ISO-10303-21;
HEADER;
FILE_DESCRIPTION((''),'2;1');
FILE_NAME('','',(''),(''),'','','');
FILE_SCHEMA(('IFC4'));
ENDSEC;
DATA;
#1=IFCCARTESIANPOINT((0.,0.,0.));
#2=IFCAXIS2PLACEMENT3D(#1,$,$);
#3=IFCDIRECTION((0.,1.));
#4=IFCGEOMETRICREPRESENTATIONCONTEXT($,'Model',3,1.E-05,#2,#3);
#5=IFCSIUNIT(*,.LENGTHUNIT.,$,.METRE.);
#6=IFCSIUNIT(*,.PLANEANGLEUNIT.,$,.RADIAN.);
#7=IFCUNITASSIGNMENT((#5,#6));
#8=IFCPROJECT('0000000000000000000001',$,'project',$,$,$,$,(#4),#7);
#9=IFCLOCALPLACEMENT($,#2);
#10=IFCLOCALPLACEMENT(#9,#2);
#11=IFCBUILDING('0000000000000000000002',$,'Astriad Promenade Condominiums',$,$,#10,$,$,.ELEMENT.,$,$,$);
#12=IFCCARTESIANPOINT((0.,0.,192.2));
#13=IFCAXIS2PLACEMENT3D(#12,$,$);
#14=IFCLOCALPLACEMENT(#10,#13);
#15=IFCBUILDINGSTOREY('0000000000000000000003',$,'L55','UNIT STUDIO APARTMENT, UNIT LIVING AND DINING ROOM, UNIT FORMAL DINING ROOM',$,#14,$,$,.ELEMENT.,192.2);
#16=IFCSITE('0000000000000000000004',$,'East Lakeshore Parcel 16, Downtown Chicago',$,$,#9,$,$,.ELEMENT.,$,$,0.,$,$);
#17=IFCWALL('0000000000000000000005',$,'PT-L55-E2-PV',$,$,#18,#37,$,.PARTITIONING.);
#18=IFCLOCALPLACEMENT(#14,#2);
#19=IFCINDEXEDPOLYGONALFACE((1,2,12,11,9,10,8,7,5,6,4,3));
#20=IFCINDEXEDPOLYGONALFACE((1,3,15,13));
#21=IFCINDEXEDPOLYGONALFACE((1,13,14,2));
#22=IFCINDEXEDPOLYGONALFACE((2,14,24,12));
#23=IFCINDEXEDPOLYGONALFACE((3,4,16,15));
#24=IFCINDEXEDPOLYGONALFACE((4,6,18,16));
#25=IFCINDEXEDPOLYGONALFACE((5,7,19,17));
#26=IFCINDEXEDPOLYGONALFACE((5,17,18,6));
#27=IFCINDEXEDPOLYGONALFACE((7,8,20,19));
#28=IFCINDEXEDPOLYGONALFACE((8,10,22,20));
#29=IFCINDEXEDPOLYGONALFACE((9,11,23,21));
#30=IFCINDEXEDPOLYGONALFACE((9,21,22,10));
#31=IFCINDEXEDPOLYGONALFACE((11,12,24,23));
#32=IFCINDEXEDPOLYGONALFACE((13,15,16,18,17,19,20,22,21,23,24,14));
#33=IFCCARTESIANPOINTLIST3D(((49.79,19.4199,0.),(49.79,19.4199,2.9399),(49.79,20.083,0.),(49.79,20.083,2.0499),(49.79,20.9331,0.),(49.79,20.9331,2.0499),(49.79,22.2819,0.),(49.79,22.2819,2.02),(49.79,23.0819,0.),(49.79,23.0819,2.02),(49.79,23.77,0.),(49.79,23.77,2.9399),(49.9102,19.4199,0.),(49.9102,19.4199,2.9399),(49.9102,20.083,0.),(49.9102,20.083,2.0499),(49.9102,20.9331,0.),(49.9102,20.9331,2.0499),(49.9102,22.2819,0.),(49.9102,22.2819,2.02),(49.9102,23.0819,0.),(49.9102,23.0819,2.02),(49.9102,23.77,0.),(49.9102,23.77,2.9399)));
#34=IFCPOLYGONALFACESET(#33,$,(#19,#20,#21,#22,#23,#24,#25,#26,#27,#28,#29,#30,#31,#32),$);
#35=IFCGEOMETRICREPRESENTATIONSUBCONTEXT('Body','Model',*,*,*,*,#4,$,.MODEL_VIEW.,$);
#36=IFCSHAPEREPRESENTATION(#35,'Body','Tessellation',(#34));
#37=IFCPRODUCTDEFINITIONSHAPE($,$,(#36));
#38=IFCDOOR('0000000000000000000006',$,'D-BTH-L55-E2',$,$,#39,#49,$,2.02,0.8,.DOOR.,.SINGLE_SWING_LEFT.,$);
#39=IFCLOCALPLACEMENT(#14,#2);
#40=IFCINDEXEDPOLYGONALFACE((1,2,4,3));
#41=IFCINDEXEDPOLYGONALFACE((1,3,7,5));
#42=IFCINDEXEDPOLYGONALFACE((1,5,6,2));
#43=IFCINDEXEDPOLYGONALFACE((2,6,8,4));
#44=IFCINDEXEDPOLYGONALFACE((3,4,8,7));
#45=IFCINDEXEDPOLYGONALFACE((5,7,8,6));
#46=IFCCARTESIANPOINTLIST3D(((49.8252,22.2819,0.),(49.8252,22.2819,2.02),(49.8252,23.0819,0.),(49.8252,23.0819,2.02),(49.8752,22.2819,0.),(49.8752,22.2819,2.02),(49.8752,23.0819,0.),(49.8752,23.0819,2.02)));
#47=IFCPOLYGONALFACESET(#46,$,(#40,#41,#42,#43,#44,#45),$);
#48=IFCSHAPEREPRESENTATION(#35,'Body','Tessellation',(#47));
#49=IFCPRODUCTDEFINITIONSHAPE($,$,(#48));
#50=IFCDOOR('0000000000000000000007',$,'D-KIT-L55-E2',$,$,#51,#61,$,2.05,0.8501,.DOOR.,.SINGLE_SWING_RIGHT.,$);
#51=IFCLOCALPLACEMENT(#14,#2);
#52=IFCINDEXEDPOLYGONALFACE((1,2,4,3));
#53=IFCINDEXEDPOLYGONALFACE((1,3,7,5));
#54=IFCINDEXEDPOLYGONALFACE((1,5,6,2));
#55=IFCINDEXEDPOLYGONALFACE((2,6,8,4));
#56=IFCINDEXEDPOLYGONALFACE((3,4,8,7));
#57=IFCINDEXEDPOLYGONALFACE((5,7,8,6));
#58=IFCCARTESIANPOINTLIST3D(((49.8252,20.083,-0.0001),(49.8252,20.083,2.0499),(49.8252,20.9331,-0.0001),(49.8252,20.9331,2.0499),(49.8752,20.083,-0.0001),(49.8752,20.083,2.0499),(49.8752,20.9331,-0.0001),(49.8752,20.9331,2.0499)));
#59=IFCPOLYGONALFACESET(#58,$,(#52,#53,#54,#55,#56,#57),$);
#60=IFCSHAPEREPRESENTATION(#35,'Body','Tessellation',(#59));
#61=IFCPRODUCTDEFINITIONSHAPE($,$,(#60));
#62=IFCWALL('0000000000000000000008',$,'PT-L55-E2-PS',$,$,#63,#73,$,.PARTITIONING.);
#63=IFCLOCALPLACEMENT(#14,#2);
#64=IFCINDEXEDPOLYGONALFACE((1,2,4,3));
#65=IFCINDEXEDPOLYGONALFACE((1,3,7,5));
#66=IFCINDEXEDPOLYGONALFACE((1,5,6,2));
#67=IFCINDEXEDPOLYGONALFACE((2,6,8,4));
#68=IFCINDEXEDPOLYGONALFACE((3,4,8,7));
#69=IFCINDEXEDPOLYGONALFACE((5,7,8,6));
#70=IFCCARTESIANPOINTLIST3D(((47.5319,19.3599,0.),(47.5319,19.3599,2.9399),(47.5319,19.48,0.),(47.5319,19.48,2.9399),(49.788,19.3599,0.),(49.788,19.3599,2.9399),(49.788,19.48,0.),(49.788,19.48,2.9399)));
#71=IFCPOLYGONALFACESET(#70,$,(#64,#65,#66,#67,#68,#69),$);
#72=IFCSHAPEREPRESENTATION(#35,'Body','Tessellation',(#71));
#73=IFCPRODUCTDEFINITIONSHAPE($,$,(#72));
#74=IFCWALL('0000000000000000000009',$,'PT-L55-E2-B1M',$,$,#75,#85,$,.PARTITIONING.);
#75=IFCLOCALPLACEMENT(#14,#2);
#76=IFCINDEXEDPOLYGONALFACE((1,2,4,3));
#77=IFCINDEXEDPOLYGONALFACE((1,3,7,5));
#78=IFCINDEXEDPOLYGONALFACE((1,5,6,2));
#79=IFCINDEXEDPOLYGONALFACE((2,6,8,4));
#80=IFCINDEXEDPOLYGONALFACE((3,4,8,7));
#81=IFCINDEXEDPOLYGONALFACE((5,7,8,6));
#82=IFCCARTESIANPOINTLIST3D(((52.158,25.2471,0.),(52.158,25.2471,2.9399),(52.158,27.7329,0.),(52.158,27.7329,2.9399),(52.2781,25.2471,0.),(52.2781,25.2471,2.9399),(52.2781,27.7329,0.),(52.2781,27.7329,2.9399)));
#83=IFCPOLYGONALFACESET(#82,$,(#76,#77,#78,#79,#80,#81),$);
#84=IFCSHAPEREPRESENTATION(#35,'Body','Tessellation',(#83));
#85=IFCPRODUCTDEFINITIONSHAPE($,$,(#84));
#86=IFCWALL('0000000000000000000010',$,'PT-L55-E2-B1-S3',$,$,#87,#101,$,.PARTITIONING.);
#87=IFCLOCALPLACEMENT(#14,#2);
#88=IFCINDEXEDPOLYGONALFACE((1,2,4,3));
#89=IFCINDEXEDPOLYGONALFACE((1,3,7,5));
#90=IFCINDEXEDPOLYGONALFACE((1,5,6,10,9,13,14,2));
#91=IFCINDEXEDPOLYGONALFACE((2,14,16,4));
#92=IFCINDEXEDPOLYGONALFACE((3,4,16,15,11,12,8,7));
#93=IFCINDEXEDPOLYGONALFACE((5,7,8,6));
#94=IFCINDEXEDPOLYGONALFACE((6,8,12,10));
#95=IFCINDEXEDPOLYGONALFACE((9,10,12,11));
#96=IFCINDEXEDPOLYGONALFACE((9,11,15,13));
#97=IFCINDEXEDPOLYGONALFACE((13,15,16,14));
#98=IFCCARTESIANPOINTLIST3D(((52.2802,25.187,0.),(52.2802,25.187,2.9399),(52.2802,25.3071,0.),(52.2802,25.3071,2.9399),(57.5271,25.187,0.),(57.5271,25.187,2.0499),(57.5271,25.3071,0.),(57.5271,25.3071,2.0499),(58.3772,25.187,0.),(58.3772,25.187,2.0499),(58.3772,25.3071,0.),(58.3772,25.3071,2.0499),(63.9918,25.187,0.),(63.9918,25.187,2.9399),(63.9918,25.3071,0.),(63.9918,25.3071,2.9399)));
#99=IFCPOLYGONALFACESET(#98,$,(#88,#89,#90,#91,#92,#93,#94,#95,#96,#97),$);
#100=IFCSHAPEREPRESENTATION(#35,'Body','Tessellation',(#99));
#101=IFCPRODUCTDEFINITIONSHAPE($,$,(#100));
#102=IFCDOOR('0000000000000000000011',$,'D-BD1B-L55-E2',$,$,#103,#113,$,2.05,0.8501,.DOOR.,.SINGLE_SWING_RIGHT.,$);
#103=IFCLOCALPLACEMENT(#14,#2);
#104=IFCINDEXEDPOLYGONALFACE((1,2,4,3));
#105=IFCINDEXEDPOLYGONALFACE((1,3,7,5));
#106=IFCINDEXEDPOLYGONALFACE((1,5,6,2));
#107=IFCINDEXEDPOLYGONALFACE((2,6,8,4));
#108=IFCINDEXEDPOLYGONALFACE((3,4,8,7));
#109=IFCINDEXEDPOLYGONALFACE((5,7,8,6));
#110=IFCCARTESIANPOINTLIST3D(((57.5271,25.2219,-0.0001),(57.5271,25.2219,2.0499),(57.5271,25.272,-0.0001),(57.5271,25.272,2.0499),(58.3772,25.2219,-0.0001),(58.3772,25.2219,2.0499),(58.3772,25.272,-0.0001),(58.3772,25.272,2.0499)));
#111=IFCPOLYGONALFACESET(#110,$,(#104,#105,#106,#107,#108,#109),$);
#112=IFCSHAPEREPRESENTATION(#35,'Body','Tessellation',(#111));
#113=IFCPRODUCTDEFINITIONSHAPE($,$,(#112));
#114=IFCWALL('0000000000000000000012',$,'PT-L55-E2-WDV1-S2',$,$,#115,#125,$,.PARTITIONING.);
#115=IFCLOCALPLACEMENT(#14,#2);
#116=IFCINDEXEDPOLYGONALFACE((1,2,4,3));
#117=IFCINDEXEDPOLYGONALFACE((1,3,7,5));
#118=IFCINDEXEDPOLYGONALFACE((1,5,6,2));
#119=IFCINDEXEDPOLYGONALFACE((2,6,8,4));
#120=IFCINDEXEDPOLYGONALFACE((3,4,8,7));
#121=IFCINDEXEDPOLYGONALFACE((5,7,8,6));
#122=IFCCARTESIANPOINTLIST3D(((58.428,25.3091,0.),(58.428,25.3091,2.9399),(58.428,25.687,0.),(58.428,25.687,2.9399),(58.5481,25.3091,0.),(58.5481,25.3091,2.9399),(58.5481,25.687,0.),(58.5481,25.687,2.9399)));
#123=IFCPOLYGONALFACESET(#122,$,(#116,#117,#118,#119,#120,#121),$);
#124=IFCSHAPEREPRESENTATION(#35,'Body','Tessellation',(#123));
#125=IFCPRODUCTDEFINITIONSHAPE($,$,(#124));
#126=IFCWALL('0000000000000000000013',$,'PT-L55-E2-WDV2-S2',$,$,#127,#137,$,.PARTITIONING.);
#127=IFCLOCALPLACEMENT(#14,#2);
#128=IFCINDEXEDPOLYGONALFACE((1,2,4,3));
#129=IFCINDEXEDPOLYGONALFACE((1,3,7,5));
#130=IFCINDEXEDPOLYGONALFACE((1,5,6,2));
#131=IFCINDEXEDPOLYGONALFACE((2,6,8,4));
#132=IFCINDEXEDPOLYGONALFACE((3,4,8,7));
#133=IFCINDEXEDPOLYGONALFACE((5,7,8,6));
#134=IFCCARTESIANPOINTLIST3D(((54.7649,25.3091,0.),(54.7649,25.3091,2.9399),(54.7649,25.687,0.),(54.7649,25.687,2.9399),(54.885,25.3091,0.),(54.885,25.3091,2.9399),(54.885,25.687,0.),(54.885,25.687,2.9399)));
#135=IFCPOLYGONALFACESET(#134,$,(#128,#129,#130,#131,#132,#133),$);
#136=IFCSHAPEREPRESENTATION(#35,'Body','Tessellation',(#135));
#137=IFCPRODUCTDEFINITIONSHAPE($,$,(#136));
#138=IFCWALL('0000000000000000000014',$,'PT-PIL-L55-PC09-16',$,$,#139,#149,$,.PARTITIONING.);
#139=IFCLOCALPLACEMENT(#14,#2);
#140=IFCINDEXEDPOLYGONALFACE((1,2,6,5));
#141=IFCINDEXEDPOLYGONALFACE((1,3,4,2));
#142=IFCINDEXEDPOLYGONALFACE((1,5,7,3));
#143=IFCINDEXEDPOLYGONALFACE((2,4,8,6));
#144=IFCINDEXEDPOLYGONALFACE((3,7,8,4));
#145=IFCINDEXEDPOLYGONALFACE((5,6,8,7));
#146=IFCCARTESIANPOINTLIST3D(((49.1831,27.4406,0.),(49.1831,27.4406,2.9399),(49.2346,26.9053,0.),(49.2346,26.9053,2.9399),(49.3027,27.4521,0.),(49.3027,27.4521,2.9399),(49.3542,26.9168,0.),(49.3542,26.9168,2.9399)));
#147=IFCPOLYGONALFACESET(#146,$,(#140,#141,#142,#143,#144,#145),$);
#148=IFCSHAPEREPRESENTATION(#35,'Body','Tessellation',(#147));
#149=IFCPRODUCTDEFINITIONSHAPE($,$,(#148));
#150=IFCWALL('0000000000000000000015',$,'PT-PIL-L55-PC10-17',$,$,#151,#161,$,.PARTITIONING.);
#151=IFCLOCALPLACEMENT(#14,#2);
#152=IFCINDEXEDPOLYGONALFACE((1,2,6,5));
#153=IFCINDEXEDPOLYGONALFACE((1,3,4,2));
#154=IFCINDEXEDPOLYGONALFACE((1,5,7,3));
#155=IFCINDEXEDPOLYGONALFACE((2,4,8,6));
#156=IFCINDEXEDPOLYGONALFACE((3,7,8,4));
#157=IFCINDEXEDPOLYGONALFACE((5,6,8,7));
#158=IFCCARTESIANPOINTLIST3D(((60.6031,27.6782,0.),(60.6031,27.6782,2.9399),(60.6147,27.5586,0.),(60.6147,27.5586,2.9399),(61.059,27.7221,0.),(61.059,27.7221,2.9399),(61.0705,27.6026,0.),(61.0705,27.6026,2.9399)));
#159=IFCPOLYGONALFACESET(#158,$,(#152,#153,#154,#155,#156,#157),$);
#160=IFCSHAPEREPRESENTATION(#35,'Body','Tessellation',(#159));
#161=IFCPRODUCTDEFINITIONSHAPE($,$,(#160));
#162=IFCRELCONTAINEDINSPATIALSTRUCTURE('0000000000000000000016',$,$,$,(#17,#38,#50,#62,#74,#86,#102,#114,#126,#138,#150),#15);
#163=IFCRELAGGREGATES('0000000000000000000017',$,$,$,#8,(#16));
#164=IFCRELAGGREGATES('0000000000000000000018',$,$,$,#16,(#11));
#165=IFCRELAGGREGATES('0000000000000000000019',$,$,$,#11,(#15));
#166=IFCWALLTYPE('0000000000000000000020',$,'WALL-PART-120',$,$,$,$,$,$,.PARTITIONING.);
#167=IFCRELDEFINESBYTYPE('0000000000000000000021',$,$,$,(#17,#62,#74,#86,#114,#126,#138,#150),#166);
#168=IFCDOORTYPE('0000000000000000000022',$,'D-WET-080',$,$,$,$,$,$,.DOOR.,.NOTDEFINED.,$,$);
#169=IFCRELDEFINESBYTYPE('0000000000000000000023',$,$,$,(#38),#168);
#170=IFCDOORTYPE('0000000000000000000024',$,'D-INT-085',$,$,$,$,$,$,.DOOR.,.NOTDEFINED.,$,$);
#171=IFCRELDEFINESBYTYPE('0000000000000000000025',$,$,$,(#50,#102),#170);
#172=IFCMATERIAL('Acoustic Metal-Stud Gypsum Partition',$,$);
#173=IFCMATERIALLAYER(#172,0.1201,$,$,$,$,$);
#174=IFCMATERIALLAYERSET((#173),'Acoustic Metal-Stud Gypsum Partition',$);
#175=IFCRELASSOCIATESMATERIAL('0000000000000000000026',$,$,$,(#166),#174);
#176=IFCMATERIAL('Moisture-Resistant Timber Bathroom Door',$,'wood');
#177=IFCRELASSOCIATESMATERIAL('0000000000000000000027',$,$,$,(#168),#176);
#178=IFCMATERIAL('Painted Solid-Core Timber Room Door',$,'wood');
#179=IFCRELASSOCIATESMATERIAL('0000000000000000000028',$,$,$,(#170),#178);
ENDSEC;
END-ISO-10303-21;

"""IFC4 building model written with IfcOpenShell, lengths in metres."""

from ifc_helpers import new_model, si_unit, direction, frame, frame_2d, origin, place, context, subcontext, project, spatial, rectangle, extrude, source, transform, mapped, material, layer, layer_set, type_object, type_shapes, element, fill, save


model = new_model("IFC4")

# Units and contexts
model_context = context("Model", 3, precision=1e-05, world=origin(), true_north=direction((0.0, 1.0)))
body_context = subcontext(model_context, "Body", "Model", "MODEL_VIEW")
ifc_project = project(units=[si_unit("LENGTHUNIT", "METRE"), si_unit("PLANEANGLEUNIT", "RADIAN")], contexts=[model_context])

# Site, building, storey
site_placement = place(None, origin())
site = spatial("IfcSite", under=ifc_project, at=site_placement, Name="East Lakeshore Parcel 16, Downtown Chicago", CompositionType="ELEMENT", RefElevation=0.0)
building_placement = place(site_placement, origin())
building = spatial("IfcBuilding", under=site, at=building_placement, Name="Astriad Promenade Condominiums", CompositionType="ELEMENT")
storey_placement = place(building_placement, frame((0.0, 0.0, 192.2)))
storey = spatial("IfcBuildingStorey", under=building, at=storey_placement, Name="L55", Description="UNIT STUDIO APARTMENT, UNIT LIVING AND DINING ROOM, UNIT FORMAL DINING ROOM", CompositionType="ELEMENT", Elevation=192.2)

# Wall, openings, doors
ifc_material_1 = material(Name="Acoustic Metal-Stud Gypsum Partition")
ifc_layer_1 = layer(ifc_material_1, 0.1201)
ifc_layer_set_1 = layer_set([ifc_layer_1], Name="Acoustic Metal-Stud Gypsum Partition")
wall_type_1 = type_object("IfcWallType", Name="WALL-PART-120", PredefinedType="PARTITIONING", material=ifc_layer_set_1)
wall_1_placement = place(storey_placement, frame((49.8501, 19.4199, 0.0), z_axis=(0.0, 0.0, 1.0), x_axis=(0.0, 1.0, 0.0)))
wall_1 = element("IfcWall", 1, at=wall_1_placement, inside=storey, type_object=wall_type_1, Name="PT-L55-E2-PV", PredefinedType="PARTITIONING", context=body_context, shape_type="SweptSolid", body=[
    extrude(rectangle(XDim=4.3501, YDim=0.1201, at=frame_2d((2.175, 0.0))), origin(), (0.0, 0.0, 1.0), 2.9399),
])
opening_1_placement = place(wall_1_placement, frame((0.6631, 0.0, 0.0)))
opening_1 = element("IfcOpeningElement", 2, at=opening_1_placement, cuts=wall_1, PredefinedType="OPENING", context=body_context, shape_type="SweptSolid", body=[
    extrude(rectangle(XDim=0.8501, YDim=2.05, at=frame_2d((0.425, 1.0249))), frame((0.0, 0.0701, 0.0), z_axis=(0.0, -1.0, 0.0), x_axis=(1.0, 0.0, 0.0)), (0.0, 0.0, 1.0), 0.1401),
])
opening_2_placement = place(wall_1_placement, frame((2.8621, 0.0, 0.0)))
opening_2 = element("IfcOpeningElement", 3, at=opening_2_placement, cuts=wall_1, PredefinedType="OPENING", context=body_context, shape_type="SweptSolid", body=[
    extrude(rectangle(XDim=0.8, YDim=2.02, at=frame_2d((0.3999, 1.01))), frame((0.0, 0.0701, 0.0), z_axis=(0.0, -1.0, 0.0), x_axis=(1.0, 0.0, 0.0)), (0.0, 0.0, 1.0), 0.1401),
])
ifc_material_2 = material(Name="Moisture-Resistant Timber Bathroom Door", Category="wood")
door_type_1 = type_object("IfcDoorType", Name="D-WET-080", OperationType="NOTDEFINED", PredefinedType="DOOR", material=ifc_material_2)
shared_shape_1 = source(origin(), body_context, "Body", "SweptSolid", [
    extrude(rectangle(XDim=0.8, YDim=2.02, at=frame_2d((0.3999, 1.01))), frame((0.0, 0.0249, 0.0), z_axis=(0.0, -1.0, 0.0), x_axis=(1.0, 0.0, 0.0)), (0.0, 0.0, 1.0), 0.05),
])
type_shapes(door_type_1, [shared_shape_1])
door_1_placement = place(opening_2_placement, origin())
door_1 = element("IfcDoor", 4, at=door_1_placement, inside=storey, type_object=door_type_1, Name="D-BTH-L55-E2", OperationType="SINGLE_SWING_LEFT", OverallHeight=2.02, OverallWidth=0.8, PredefinedType="DOOR", context=body_context, shape_type="MappedRepresentation", body=[
    mapped(shared_shape_1, transform((0.0, 0.0, 0.0), scale=1.0)),
])
fill(opening_2, door_1)
ifc_material_3 = material(Name="Painted Solid-Core Timber Room Door", Category="wood")
door_type_2 = type_object("IfcDoorType", Name="D-INT-085", OperationType="NOTDEFINED", PredefinedType="DOOR", material=ifc_material_3)
shared_shape_2 = source(origin(), body_context, "Body", "SweptSolid", [
    extrude(rectangle(XDim=0.8501, YDim=2.05, at=frame_2d((0.425, 1.0249))), frame((0.0, 0.0249, 0.0), z_axis=(0.0, -1.0, 0.0), x_axis=(1.0, 0.0, 0.0)), (0.0, 0.0, 1.0), 0.05),
])
type_shapes(door_type_2, [shared_shape_2])
door_2_placement = place(opening_1_placement, origin())
door_2 = element("IfcDoor", 5, at=door_2_placement, inside=storey, type_object=door_type_2, Name="D-KIT-L55-E2", OperationType="SINGLE_SWING_RIGHT", OverallHeight=2.05, OverallWidth=0.8501, PredefinedType="DOOR", context=body_context, shape_type="MappedRepresentation", body=[
    mapped(shared_shape_2, transform((0.0, 0.0, 0.0), scale=1.0)),
])
fill(opening_1, door_2)

# Walls
wall_2_placement = place(storey_placement, frame((47.532, 19.4199, 0.0), z_axis=(0.0, 0.0, 1.0), x_axis=(1.0, 0.0, 0.0)))
element("IfcWall", 6, at=wall_2_placement, inside=storey, type_object=wall_type_1, Name="PT-L55-E2-PS", PredefinedType="PARTITIONING", context=body_context, shape_type="SweptSolid", body=[
    extrude(rectangle(XDim=2.2561, YDim=0.1201, at=frame_2d((1.1279, 0.0))), origin(), (0.0, 0.0, 1.0), 2.9399),
])
wall_3_placement = place(storey_placement, frame((52.218, 25.2471, 0.0), z_axis=(0.0, 0.0, 1.0), x_axis=(0.0, 1.0, 0.0)))
element("IfcWall", 7, at=wall_3_placement, inside=storey, type_object=wall_type_1, Name="PT-L55-E2-B1M", PredefinedType="PARTITIONING", context=body_context, shape_type="SweptSolid", body=[
    extrude(rectangle(XDim=2.4858, YDim=0.1201, at=frame_2d((1.2429, 0.0))), origin(), (0.0, 0.0, 1.0), 2.9399),
])

# Wall, opening, door
wall_4_placement = place(storey_placement, frame((52.28, 25.2471, 0.0), z_axis=(0.0, 0.0, 1.0), x_axis=(1.0, 0.0, 0.0)))
wall_4 = element("IfcWall", 8, at=wall_4_placement, inside=storey, type_object=wall_type_1, Name="PT-L55-E2-B1-S3", PredefinedType="PARTITIONING", context=body_context, shape_type="SweptSolid", body=[
    extrude(rectangle(XDim=11.7117, YDim=0.1201, at=frame_2d((5.856, 0.0))), origin(), (0.0, 0.0, 1.0), 2.9399),
])
opening_3_placement = place(wall_4_placement, frame((5.2471, 0.0, 0.0)))
opening_3 = element("IfcOpeningElement", 9, at=opening_3_placement, cuts=wall_4, PredefinedType="OPENING", context=body_context, shape_type="SweptSolid", body=[
    extrude(rectangle(XDim=0.8501, YDim=2.05, at=frame_2d((0.425, 1.0249))), frame((0.0, 0.0701, 0.0), z_axis=(0.0, -1.0, 0.0), x_axis=(1.0, 0.0, 0.0)), (0.0, 0.0, 1.0), 0.1401),
])
door_3_placement = place(opening_3_placement, origin())
door_3 = element("IfcDoor", 10, at=door_3_placement, inside=storey, type_object=door_type_2, Name="D-BD1B-L55-E2", OperationType="SINGLE_SWING_RIGHT", OverallHeight=2.05, OverallWidth=0.8501, PredefinedType="DOOR", context=body_context, shape_type="MappedRepresentation", body=[
    mapped(shared_shape_2, transform((0.0, 0.0, 0.0), scale=1.0)),
])
fill(opening_3, door_3)

# Walls
for number, where, z_axis, x_axis, name in (
    (11, (58.488, 25.3091, 0.0), (0.0, 0.0, 1.0), (0.0, 1.0, 0.0), "PT-L55-E2-WDV1-S2"),
    (12, (54.825, 25.3091, 0.0), (0.0, 0.0, 1.0), (0.0, 1.0, 0.0), "PT-L55-E2-WDV2-S2"),
):
    element("IfcWall", number, at=place(storey_placement, frame(where, z_axis=z_axis, x_axis=x_axis)), inside=storey, type_object=wall_type_1, Name=name, PredefinedType="PARTITIONING", context=body_context, shape_type="SweptSolid", body=[
        extrude(rectangle(XDim=0.3779, YDim=0.1201, at=frame_2d((0.189, 0.0))), origin(), (0.0, 0.0, 1.0), 2.9399),
    ])
wall_5_placement = place(storey_placement, frame((49.2944, 26.9109, 0.0), z_axis=(0.0, 0.0, 1.0), x_axis=(-0.095773, 0.995403, 0.0)))
element("IfcWall", 13, at=wall_5_placement, inside=storey, type_object=wall_type_1, Name="PT-PIL-L55-PC09-16", PredefinedType="PARTITIONING", context=body_context, shape_type="SweptSolid", body=[
    extrude(rectangle(XDim=0.5378, YDim=0.1201, at=frame_2d((0.269, 0.0))), origin(), (0.0, 0.0, 1.0), 2.9399),
])
wall_6_placement = place(storey_placement, frame((60.6089, 27.6184, 0.0), z_axis=(0.0, 0.0, 1.0), x_axis=(0.995385, 0.095966, 0.0)))
element("IfcWall", 14, at=wall_6_placement, inside=storey, type_object=wall_type_1, Name="PT-PIL-L55-PC10-17", PredefinedType="PARTITIONING", context=body_context, shape_type="SweptSolid", body=[
    extrude(rectangle(XDim=0.458, YDim=0.1201, at=frame_2d((0.229, 0.0))), origin(), (0.0, 0.0, 1.0), 2.9399),
])

save(model, "model.ifc")
